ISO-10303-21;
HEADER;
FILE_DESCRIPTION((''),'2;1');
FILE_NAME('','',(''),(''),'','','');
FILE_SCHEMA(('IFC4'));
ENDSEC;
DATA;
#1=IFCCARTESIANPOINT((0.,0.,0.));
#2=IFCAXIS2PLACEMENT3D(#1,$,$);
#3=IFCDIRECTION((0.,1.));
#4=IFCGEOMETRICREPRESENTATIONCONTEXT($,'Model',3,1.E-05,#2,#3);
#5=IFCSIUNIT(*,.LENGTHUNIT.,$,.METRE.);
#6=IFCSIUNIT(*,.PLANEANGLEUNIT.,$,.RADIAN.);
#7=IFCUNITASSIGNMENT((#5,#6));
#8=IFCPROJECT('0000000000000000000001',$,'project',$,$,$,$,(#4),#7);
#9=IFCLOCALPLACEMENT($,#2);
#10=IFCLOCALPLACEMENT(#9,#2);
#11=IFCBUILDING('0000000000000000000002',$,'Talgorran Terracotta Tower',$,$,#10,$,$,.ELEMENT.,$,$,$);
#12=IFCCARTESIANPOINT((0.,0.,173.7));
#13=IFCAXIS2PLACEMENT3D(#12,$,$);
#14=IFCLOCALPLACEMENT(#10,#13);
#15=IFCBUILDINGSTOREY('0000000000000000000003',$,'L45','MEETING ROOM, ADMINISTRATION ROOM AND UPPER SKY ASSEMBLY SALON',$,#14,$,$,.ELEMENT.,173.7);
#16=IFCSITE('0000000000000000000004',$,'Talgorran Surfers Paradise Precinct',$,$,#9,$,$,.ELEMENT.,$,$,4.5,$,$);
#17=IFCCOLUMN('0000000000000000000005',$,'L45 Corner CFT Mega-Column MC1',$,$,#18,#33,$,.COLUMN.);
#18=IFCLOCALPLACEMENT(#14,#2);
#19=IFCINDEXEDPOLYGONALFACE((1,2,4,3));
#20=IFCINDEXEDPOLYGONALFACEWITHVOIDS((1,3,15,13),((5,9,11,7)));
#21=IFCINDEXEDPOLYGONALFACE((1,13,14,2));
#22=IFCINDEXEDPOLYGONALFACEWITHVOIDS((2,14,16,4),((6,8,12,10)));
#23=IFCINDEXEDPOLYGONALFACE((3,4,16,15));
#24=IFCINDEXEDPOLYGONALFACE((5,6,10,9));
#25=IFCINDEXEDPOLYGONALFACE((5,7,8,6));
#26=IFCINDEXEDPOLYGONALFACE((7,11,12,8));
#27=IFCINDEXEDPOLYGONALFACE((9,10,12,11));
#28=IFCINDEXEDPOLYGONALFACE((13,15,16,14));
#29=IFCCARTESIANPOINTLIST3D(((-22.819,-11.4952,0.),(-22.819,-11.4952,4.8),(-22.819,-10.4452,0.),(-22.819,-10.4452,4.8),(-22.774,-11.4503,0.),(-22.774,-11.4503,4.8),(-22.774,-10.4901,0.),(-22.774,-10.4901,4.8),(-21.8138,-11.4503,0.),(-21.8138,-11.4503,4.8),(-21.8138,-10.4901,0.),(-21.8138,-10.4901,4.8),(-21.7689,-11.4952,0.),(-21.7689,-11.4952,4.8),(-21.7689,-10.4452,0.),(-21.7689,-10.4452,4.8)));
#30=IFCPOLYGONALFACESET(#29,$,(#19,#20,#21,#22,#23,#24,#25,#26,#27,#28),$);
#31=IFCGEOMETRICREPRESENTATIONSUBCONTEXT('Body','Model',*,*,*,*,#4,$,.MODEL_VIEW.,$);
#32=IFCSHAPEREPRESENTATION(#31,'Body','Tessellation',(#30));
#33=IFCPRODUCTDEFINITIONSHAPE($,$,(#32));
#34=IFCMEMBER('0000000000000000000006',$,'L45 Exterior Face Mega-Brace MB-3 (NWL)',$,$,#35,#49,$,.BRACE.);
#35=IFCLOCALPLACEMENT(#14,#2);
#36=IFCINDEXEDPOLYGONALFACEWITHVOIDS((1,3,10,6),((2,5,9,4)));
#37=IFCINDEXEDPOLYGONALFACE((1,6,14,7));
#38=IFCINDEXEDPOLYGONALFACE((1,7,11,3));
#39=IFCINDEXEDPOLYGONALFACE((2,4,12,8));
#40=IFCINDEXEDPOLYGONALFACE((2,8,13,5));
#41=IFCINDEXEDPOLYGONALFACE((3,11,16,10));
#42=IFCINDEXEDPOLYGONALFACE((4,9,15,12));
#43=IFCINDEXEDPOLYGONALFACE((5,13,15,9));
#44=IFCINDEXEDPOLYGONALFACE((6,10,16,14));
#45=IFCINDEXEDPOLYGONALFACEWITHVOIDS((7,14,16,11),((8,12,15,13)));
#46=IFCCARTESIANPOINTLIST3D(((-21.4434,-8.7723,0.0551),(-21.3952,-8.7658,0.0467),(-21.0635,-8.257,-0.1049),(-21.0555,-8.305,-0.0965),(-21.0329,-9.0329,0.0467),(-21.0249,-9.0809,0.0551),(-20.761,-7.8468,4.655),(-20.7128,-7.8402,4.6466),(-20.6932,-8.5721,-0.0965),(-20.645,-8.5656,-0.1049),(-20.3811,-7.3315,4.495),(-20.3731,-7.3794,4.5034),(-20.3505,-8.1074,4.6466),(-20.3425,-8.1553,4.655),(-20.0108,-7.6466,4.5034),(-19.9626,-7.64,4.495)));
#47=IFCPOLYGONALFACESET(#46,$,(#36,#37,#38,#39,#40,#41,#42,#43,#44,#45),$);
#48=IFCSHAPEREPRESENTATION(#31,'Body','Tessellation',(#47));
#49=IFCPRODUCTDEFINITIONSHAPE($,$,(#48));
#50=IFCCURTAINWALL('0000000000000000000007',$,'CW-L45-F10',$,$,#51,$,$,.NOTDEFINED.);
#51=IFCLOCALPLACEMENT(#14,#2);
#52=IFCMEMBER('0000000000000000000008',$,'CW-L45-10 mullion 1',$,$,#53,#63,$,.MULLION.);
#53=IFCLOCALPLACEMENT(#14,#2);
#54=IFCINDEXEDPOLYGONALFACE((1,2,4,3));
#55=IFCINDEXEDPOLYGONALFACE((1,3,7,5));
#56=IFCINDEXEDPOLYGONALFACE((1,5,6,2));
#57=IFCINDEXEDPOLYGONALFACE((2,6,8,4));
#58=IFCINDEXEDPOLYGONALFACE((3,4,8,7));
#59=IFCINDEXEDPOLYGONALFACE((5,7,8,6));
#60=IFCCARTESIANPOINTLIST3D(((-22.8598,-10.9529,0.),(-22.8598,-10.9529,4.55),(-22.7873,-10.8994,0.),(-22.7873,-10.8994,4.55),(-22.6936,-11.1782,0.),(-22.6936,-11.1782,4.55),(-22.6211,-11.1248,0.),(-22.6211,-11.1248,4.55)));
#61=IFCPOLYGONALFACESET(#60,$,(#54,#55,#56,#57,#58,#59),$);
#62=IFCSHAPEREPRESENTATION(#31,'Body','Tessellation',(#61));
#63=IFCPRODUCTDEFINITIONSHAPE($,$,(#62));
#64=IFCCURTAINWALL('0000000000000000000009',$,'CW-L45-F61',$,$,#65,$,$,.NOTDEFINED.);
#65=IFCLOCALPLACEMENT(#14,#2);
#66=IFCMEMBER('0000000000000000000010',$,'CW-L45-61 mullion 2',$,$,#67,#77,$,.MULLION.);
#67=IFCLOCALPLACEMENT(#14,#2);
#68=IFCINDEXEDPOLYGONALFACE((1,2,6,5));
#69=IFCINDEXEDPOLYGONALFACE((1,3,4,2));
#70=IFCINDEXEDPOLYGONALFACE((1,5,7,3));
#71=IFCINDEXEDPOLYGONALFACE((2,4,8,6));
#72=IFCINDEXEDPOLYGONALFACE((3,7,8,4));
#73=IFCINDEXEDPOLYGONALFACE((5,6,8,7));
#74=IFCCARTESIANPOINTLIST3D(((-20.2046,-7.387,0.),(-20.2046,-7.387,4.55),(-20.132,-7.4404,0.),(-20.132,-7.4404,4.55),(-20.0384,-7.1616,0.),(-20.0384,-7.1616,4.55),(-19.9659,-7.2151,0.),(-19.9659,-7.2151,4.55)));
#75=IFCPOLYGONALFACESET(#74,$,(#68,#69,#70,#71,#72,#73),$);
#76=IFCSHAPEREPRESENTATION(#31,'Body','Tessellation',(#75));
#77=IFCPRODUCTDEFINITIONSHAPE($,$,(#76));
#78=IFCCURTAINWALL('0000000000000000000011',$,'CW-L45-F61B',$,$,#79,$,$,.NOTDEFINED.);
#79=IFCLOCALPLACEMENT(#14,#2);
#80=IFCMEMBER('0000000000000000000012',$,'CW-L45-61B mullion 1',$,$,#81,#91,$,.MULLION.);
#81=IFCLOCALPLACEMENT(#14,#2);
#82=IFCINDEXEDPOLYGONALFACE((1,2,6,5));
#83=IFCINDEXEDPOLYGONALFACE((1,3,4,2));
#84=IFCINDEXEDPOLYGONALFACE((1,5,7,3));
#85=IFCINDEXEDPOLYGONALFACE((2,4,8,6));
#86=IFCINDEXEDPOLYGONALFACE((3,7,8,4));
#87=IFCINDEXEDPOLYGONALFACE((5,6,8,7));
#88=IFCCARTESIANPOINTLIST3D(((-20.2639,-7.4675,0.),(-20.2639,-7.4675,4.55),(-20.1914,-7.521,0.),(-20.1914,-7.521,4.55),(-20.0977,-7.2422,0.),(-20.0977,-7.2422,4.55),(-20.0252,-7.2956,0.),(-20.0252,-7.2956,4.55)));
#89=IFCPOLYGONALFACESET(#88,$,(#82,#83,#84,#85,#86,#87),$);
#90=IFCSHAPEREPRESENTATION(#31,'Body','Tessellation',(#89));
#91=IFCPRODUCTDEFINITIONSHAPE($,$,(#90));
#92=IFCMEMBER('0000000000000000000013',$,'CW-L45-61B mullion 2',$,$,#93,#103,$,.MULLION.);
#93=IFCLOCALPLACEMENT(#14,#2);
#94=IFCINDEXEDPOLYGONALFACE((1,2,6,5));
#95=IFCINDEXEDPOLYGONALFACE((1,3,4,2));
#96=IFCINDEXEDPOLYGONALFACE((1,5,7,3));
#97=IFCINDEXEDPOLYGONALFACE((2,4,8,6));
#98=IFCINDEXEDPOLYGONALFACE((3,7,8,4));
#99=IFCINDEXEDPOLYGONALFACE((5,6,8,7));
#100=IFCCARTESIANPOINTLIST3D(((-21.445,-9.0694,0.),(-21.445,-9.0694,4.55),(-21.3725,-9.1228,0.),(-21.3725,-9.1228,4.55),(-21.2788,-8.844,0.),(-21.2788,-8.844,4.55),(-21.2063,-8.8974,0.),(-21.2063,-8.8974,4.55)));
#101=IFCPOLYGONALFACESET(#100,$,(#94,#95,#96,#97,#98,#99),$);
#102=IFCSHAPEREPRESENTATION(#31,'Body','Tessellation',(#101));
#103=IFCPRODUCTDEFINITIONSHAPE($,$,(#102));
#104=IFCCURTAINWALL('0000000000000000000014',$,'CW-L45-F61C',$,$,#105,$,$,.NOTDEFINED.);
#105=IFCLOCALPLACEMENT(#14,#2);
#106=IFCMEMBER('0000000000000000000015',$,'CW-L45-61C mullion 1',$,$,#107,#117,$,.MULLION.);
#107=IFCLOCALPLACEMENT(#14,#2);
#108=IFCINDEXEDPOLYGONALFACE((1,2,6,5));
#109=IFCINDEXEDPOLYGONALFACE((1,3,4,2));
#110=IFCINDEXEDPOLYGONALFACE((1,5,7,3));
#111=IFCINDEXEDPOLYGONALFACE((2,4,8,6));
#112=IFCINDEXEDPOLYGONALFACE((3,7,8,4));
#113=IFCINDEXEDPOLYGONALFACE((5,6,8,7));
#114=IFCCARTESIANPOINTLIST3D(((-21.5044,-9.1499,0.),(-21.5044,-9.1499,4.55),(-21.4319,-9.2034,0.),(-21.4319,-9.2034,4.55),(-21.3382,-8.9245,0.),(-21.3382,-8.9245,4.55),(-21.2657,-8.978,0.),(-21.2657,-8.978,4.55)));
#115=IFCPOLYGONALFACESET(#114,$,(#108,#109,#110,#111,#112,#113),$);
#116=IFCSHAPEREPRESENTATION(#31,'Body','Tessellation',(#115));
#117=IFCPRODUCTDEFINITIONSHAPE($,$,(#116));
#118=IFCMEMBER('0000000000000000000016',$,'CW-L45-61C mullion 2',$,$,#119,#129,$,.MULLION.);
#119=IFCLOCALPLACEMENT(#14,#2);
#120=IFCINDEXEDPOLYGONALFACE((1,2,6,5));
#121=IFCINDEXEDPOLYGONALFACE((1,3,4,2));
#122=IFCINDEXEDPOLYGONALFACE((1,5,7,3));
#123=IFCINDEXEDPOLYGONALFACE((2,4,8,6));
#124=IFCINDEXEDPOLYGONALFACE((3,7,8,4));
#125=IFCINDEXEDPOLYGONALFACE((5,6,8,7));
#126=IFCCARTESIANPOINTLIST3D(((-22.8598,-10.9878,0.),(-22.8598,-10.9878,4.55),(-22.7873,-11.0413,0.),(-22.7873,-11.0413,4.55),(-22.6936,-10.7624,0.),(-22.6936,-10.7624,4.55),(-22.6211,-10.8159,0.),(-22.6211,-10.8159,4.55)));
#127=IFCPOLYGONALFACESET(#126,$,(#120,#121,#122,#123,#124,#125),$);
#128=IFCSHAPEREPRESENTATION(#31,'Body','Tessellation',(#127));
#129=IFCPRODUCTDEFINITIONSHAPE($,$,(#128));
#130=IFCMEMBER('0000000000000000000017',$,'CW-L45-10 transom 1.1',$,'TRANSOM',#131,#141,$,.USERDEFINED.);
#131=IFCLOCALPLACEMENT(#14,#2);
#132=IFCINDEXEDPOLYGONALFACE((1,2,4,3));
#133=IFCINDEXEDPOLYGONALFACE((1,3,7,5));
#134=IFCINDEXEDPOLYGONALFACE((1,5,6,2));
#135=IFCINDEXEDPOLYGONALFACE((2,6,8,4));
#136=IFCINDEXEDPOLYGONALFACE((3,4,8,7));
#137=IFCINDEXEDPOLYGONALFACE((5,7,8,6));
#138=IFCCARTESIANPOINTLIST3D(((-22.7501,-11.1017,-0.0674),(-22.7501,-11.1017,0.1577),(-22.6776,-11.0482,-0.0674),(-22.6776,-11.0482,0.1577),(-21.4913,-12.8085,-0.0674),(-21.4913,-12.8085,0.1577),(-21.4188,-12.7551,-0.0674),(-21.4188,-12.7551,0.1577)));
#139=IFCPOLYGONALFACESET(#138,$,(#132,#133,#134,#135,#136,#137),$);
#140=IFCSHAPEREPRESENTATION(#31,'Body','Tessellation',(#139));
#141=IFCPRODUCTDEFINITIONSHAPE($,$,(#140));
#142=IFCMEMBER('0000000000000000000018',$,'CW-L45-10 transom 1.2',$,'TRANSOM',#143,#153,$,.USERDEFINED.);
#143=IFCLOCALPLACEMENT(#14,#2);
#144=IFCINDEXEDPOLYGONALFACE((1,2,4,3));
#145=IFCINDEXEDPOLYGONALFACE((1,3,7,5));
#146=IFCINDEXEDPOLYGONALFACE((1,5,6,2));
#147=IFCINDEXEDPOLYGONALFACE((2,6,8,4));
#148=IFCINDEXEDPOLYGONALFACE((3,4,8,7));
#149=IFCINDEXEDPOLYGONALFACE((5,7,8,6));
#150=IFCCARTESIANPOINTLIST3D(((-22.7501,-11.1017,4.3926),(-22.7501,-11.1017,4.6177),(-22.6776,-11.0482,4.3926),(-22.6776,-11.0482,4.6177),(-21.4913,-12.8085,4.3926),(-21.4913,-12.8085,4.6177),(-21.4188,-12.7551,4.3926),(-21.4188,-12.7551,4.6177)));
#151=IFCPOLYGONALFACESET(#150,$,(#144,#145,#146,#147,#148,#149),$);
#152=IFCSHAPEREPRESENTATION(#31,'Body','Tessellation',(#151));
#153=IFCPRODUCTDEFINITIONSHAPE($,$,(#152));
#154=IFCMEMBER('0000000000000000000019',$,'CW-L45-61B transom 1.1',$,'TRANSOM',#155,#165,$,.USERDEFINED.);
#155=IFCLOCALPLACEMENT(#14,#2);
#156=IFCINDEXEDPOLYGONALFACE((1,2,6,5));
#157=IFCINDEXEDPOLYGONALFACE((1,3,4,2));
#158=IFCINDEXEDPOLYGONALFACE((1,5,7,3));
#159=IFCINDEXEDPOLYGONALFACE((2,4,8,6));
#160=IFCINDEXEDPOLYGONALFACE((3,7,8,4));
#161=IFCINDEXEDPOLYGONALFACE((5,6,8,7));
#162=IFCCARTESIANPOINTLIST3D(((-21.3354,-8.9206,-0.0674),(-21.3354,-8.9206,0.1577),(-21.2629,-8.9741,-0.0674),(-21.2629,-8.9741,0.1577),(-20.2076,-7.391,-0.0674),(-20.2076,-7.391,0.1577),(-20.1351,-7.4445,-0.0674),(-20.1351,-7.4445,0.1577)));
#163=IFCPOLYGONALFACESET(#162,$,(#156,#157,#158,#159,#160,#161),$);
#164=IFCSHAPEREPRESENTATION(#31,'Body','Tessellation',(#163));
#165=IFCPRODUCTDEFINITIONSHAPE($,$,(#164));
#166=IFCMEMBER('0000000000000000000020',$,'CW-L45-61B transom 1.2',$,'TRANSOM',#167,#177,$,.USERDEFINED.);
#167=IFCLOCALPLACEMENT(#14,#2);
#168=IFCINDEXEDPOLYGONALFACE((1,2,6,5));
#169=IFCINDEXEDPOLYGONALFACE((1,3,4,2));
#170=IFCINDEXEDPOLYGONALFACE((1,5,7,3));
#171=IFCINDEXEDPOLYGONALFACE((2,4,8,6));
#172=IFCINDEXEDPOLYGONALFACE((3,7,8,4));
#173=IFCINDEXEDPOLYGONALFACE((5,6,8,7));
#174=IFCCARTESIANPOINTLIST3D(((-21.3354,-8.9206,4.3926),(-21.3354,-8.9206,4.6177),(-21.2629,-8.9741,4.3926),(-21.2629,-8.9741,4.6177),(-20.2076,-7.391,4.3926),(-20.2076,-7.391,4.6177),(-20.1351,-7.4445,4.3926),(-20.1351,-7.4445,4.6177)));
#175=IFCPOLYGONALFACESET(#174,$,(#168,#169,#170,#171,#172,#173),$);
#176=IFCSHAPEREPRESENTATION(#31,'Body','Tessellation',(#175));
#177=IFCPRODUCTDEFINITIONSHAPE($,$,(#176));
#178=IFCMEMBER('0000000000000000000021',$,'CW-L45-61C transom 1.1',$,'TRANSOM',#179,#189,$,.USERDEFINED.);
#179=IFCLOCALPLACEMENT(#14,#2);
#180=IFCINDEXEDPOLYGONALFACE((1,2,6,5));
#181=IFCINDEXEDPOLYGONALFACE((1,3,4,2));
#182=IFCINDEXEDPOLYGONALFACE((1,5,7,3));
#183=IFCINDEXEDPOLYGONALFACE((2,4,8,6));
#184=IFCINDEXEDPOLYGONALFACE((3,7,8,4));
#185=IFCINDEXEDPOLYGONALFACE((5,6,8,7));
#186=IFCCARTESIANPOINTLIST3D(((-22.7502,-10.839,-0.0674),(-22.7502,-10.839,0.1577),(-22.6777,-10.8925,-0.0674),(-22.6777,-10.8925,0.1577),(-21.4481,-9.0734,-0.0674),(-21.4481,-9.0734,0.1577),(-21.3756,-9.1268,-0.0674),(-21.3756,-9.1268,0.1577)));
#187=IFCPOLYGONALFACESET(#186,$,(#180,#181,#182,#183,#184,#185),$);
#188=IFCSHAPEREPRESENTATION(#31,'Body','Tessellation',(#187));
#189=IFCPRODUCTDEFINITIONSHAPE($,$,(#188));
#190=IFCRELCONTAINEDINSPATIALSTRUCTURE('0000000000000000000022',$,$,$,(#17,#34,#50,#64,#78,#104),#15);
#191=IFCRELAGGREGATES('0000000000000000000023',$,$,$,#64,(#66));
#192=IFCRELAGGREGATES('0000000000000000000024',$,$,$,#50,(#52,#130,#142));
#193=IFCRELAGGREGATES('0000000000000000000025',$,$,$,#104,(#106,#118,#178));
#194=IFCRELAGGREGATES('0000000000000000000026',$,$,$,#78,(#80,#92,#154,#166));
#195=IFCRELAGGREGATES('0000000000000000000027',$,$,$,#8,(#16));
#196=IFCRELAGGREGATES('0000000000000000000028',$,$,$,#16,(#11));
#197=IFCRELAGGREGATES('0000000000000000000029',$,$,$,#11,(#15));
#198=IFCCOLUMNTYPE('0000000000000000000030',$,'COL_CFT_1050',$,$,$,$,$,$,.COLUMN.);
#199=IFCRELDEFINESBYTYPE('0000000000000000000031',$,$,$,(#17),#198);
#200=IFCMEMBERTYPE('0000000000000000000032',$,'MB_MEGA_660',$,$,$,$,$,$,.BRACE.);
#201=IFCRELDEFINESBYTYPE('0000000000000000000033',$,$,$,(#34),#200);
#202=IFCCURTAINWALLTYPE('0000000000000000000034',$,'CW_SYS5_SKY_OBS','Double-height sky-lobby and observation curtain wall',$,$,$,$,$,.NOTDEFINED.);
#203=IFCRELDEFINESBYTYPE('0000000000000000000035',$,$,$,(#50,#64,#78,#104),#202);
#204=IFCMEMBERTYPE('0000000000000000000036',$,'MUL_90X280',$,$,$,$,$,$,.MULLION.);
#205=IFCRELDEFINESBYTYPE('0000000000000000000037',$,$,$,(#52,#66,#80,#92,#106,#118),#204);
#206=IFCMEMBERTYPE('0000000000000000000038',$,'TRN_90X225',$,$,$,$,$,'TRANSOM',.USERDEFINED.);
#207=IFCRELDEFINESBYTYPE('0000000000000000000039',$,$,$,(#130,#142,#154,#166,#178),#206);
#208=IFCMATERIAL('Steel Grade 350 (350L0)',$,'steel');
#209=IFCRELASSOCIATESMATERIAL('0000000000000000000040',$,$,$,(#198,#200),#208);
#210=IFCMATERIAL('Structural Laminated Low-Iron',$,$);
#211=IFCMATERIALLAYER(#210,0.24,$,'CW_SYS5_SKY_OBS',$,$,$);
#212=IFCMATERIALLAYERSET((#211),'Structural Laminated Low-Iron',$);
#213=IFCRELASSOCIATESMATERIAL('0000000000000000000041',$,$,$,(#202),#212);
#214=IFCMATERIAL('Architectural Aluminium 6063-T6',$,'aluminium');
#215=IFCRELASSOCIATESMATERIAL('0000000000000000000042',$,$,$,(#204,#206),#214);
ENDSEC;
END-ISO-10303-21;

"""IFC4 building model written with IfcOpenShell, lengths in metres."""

from ifc_helpers import new_model, si_unit, direction, frame, origin, origin_2d, place, context, subcontext, project, spatial, rectangle, hollow_rectangle, extrude, material, layer, layer_set, material_profile, profile_set, type_object, element, aggregate, save


model = new_model("IFC4")

# Units and contexts
model_context = context("Model", 3, precision=1e-05, world=origin(), true_north=direction((0.0, 1.0)))
body_context = subcontext(model_context, "Body", "Model", "MODEL_VIEW")
ifc_project = project(units=[si_unit("LENGTHUNIT", "METRE"), si_unit("PLANEANGLEUNIT", "RADIAN")], contexts=[model_context])

# Site, building, storey
site_placement = place(None, origin())
site = spatial("IfcSite", under=ifc_project, at=site_placement, Name="Talgorran Surfers Paradise Precinct", CompositionType="ELEMENT", RefElevation=4.5)
building_placement = place(site_placement, origin())
building = spatial("IfcBuilding", under=site, at=building_placement, Name="Talgorran Terracotta Tower", CompositionType="ELEMENT")
storey_placement = place(building_placement, frame((0.0, 0.0, 173.7)))
storey = spatial("IfcBuildingStorey", under=building, at=storey_placement, Name="L45", Description="MEETING ROOM, ADMINISTRATION ROOM AND UPPER SKY ASSEMBLY SALON", CompositionType="ELEMENT", Elevation=173.7)

# Column
ifc_material_1 = material(Name="Steel Grade 350 (350L0)", Category="steel")
ifc_material_profile_1 = material_profile(ifc_material_1, hollow_rectangle(XDim=1.05, YDim=1.05, WallThickness=0.0449, at=origin_2d()), Name="CFT1050X1050X45")
ifc_profile_set_1 = profile_set([ifc_material_profile_1], Name="Steel Grade 350 (350L0)")
column_type = type_object("IfcColumnType", Name="COL_CFT_1050", PredefinedType="COLUMN", material=ifc_profile_set_1)
column_placement = place(storey_placement, frame((-22.2939, -10.9702, 0.0), z_axis=(0.0, 0.0, 1.0), x_axis=(1.0, 0.0, 0.0)))
element("IfcColumn", 1, at=column_placement, inside=storey, type_object=column_type, Name="L45 Corner CFT Mega-Column MC1", PredefinedType="COLUMN", context=body_context, shape_type="SweptSolid", body=[
    extrude(hollow_rectangle(XDim=1.05, YDim=1.05, WallThickness=0.0449, at=origin_2d()), origin(), (0.0, 0.0, 1.0), 4.8),
])

# Member
ifc_material_profile_2 = material_profile(ifc_material_1, hollow_rectangle(XDim=0.52, YDim=0.6599, WallThickness=0.0349, at=origin_2d()), Name="WBOX660X520X35")
ifc_profile_set_2 = profile_set([ifc_material_profile_2], Name="Steel Grade 350 (350L0)")
member_type_1 = type_object("IfcMemberType", Name="MB_MEGA_660", PredefinedType="BRACE", material=ifc_profile_set_2)
member_1_placement = place(storey_placement, frame((-21.0442, -8.6689, -0.0249), z_axis=(0.143918, 0.195203, 0.970146), x_axis=(-0.80489, 0.593424, 0.0)))
element("IfcMember", 2, at=member_1_placement, inside=storey, type_object=member_type_1, Name="L45 Exterior Face Mega-Brace MB-3 (NWL)", PredefinedType="BRACE", context=body_context, shape_type="SweptSolid", body=[
    extrude(hollow_rectangle(XDim=0.52, YDim=0.6599, WallThickness=0.0349, at=origin_2d()), origin(), (0.0, 0.0, 1.0), 4.7415),
])

# Curtain walls, members
ifc_material_2 = material(Name="Structural Laminated Low-Iron")
ifc_layer_1 = layer(ifc_material_2, 0.24, Name="CW_SYS5_SKY_OBS")
ifc_layer_set_1 = layer_set([ifc_layer_1], Name="Structural Laminated Low-Iron")
curtain_wall_type = type_object("IfcCurtainWallType", Name="CW_SYS5_SKY_OBS", Description="Double-height sky-lobby and observation curtain wall", PredefinedType="NOTDEFINED", material=ifc_layer_set_1)
curtain_wall_1_placement = place(storey_placement, origin())
curtain_wall_1 = element("IfcCurtainWall", 3, at=curtain_wall_1_placement, inside=storey, type_object=curtain_wall_type, Name="CW-L45-F10", PredefinedType="NOTDEFINED")
ifc_material_3 = material(Name="Architectural Aluminium 6063-T6", Category="aluminium")
ifc_material_profile_3 = material_profile(ifc_material_3, rectangle(XDim=0.0901, YDim=0.28, at=origin_2d()), Name="CWM90X280")
ifc_profile_set_3 = profile_set([ifc_material_profile_3], Name="Architectural Aluminium 6063-T6")
member_type_2 = type_object("IfcMemberType", Name="MUL_90X280", PredefinedType="MULLION", material=ifc_profile_set_3)
member_2_placement = place(storey_placement, frame((-22.7405, -11.0388, 0.0), z_axis=(0.0, 0.0, 1.0), x_axis=(0.80483, 0.593506, 0.0)))
member_2 = element("IfcMember", 4, at=member_2_placement, type_object=member_type_2, Name="CW-L45-10 mullion 1", PredefinedType="MULLION", context=body_context, shape_type="SweptSolid", body=[
    extrude(rectangle(XDim=0.0901, YDim=0.28, at=origin_2d()), origin(), (0.0, 0.0, 1.0), 4.55),
])
curtain_wall_2_placement = place(storey_placement, origin())
curtain_wall_2 = element("IfcCurtainWall", 5, at=curtain_wall_2_placement, inside=storey, type_object=curtain_wall_type, Name="CW-L45-F61", PredefinedType="NOTDEFINED")
member_3_placement = place(storey_placement, frame((-20.0852, -7.301, 0.0), z_axis=(0.0, 0.0, 1.0), x_axis=(0.804838, -0.593494, 0.0)))
member_3 = element("IfcMember", 6, at=member_3_placement, type_object=member_type_2, Name="CW-L45-61 mullion 2", PredefinedType="MULLION", context=body_context, shape_type="SweptSolid", body=[
    extrude(rectangle(XDim=0.0901, YDim=0.28, at=origin_2d()), origin(), (0.0, 0.0, 1.0), 4.55),
])
aggregate(curtain_wall_2, [member_3])

# Curtain walls, members
curtain_wall_3_placement = place(storey_placement, origin())
curtain_wall_3 = element("IfcCurtainWall", 7, at=curtain_wall_3_placement, inside=storey, type_object=curtain_wall_type, Name="CW-L45-F61B", PredefinedType="NOTDEFINED")
member_4_placement = place(storey_placement, frame((-20.1445, -7.3816, 0.0), z_axis=(0.0, 0.0, 1.0), x_axis=(0.804831, -0.593504, 0.0)))
member_4 = element("IfcMember", 8, at=member_4_placement, type_object=member_type_2, Name="CW-L45-61B mullion 1", PredefinedType="MULLION", context=body_context, shape_type="SweptSolid", body=[
    extrude(rectangle(XDim=0.0901, YDim=0.28, at=origin_2d()), origin(), (0.0, 0.0, 1.0), 4.55),
])
member_5_placement = place(storey_placement, frame((-21.3257, -8.9834, 0.0), z_axis=(0.0, 0.0, 1.0), x_axis=(0.804831, -0.593504, 0.0)))
member_5 = element("IfcMember", 9, at=member_5_placement, type_object=member_type_2, Name="CW-L45-61B mullion 2", PredefinedType="MULLION", context=body_context, shape_type="SweptSolid", body=[
    extrude(rectangle(XDim=0.0901, YDim=0.28, at=origin_2d()), origin(), (0.0, 0.0, 1.0), 4.55),
])
curtain_wall_4_placement = place(storey_placement, origin())
curtain_wall_4 = element("IfcCurtainWall", 10, at=curtain_wall_4_placement, inside=storey, type_object=curtain_wall_type, Name="CW-L45-F61C", PredefinedType="NOTDEFINED")
member_6_placement = place(storey_placement, frame((-21.385, -9.064, 0.0), z_axis=(0.0, 0.0, 1.0), x_axis=(0.804827, -0.593509, 0.0)))
member_6 = element("IfcMember", 11, at=member_6_placement, type_object=member_type_2, Name="CW-L45-61C mullion 1", PredefinedType="MULLION", context=body_context, shape_type="SweptSolid", body=[
    extrude(rectangle(XDim=0.0901, YDim=0.28, at=origin_2d()), origin(), (0.0, 0.0, 1.0), 4.55),
])
member_7_placement = place(storey_placement, frame((-22.7405, -10.9019, 0.0), z_axis=(0.0, 0.0, 1.0), x_axis=(0.804827, -0.593509, 0.0)))
member_7 = element("IfcMember", 12, at=member_7_placement, type_object=member_type_2, Name="CW-L45-61C mullion 2", PredefinedType="MULLION", context=body_context, shape_type="SweptSolid", body=[
    extrude(rectangle(XDim=0.0901, YDim=0.28, at=origin_2d()), origin(), (0.0, 0.0, 1.0), 4.55),
])

# Members
ifc_material_profile_4 = material_profile(ifc_material_3, rectangle(XDim=0.0901, YDim=0.2251, at=origin_2d()), Name="CWT90X225")
ifc_profile_set_4 = profile_set([ifc_material_profile_4], Name="Architectural Aluminium 6063-T6")
member_type_3 = type_object("IfcMemberType", Name="TRN_90X225", ElementType="TRANSOM", PredefinedType="USERDEFINED", material=ifc_profile_set_4)
member_8_placement = place(storey_placement, frame((-22.7139, -11.075, 0.0452), z_axis=(0.593552, -0.804795, 0.0), x_axis=(0.804795, 0.593552, 0.0)))
member_8 = element("IfcMember", 13, at=member_8_placement, type_object=member_type_3, Name="CW-L45-10 transom 1.1", ObjectType="TRANSOM", PredefinedType="USERDEFINED", context=body_context, shape_type="SweptSolid", body=[
    extrude(rectangle(XDim=0.0901, YDim=0.2251, at=origin_2d()), origin(), (0.0, 0.0, 1.0), 2.1208),
])
member_9_placement = place(storey_placement, frame((-22.7139, -11.075, 4.5051), z_axis=(0.593552, -0.804795, 0.0), x_axis=(0.804795, 0.593552, 0.0)))
member_9 = element("IfcMember", 14, at=member_9_placement, type_object=member_type_3, Name="CW-L45-10 transom 1.2", ObjectType="TRANSOM", PredefinedType="USERDEFINED", context=body_context, shape_type="SweptSolid", body=[
    extrude(rectangle(XDim=0.0901, YDim=0.2251, at=origin_2d()), origin(), (0.0, 0.0, 1.0), 2.1208),
])
aggregate(curtain_wall_1, [member_2, member_8, member_9])
member_10_placement = place(storey_placement, frame((-20.1714, -7.4177, 0.0452), z_axis=(-0.593423, -0.804891, 0.0), x_axis=(0.804891, -0.593423, 0.0)))
member_10 = element("IfcMember", 15, at=member_10_placement, type_object=member_type_3, Name="CW-L45-61B transom 1.1", ObjectType="TRANSOM", PredefinedType="USERDEFINED", context=body_context, shape_type="SweptSolid", body=[
    extrude(rectangle(XDim=0.0901, YDim=0.2251, at=origin_2d()), origin(), (0.0, 0.0, 1.0), 1.9004),
])
member_11_placement = place(storey_placement, frame((-20.1714, -7.4177, 4.5051), z_axis=(-0.593423, -0.804891, 0.0), x_axis=(0.804891, -0.593423, 0.0)))
member_11 = element("IfcMember", 16, at=member_11_placement, type_object=member_type_3, Name="CW-L45-61B transom 1.2", ObjectType="TRANSOM", PredefinedType="USERDEFINED", context=body_context, shape_type="SweptSolid", body=[
    extrude(rectangle(XDim=0.0901, YDim=0.2251, at=origin_2d()), origin(), (0.0, 0.0, 1.0), 1.9004),
])
member_12_placement = place(storey_placement, frame((-21.4119, -9.1001, 0.0452), z_axis=(-0.593499, -0.804835, 0.0), x_axis=(0.804835, -0.593499, 0.0)))
member_12 = element("IfcMember", 17, at=member_12_placement, type_object=member_type_3, Name="CW-L45-61C transom 1.1", ObjectType="TRANSOM", PredefinedType="USERDEFINED", context=body_context, shape_type="SweptSolid", body=[
    extrude(rectangle(XDim=0.0901, YDim=0.2251, at=origin_2d()), origin(), (0.0, 0.0, 1.0), 2.1938),
])

aggregate(curtain_wall_4, [member_6, member_7, member_12])
aggregate(curtain_wall_3, [member_4, member_5, member_10, member_11])

save(model, "model.ifc")
